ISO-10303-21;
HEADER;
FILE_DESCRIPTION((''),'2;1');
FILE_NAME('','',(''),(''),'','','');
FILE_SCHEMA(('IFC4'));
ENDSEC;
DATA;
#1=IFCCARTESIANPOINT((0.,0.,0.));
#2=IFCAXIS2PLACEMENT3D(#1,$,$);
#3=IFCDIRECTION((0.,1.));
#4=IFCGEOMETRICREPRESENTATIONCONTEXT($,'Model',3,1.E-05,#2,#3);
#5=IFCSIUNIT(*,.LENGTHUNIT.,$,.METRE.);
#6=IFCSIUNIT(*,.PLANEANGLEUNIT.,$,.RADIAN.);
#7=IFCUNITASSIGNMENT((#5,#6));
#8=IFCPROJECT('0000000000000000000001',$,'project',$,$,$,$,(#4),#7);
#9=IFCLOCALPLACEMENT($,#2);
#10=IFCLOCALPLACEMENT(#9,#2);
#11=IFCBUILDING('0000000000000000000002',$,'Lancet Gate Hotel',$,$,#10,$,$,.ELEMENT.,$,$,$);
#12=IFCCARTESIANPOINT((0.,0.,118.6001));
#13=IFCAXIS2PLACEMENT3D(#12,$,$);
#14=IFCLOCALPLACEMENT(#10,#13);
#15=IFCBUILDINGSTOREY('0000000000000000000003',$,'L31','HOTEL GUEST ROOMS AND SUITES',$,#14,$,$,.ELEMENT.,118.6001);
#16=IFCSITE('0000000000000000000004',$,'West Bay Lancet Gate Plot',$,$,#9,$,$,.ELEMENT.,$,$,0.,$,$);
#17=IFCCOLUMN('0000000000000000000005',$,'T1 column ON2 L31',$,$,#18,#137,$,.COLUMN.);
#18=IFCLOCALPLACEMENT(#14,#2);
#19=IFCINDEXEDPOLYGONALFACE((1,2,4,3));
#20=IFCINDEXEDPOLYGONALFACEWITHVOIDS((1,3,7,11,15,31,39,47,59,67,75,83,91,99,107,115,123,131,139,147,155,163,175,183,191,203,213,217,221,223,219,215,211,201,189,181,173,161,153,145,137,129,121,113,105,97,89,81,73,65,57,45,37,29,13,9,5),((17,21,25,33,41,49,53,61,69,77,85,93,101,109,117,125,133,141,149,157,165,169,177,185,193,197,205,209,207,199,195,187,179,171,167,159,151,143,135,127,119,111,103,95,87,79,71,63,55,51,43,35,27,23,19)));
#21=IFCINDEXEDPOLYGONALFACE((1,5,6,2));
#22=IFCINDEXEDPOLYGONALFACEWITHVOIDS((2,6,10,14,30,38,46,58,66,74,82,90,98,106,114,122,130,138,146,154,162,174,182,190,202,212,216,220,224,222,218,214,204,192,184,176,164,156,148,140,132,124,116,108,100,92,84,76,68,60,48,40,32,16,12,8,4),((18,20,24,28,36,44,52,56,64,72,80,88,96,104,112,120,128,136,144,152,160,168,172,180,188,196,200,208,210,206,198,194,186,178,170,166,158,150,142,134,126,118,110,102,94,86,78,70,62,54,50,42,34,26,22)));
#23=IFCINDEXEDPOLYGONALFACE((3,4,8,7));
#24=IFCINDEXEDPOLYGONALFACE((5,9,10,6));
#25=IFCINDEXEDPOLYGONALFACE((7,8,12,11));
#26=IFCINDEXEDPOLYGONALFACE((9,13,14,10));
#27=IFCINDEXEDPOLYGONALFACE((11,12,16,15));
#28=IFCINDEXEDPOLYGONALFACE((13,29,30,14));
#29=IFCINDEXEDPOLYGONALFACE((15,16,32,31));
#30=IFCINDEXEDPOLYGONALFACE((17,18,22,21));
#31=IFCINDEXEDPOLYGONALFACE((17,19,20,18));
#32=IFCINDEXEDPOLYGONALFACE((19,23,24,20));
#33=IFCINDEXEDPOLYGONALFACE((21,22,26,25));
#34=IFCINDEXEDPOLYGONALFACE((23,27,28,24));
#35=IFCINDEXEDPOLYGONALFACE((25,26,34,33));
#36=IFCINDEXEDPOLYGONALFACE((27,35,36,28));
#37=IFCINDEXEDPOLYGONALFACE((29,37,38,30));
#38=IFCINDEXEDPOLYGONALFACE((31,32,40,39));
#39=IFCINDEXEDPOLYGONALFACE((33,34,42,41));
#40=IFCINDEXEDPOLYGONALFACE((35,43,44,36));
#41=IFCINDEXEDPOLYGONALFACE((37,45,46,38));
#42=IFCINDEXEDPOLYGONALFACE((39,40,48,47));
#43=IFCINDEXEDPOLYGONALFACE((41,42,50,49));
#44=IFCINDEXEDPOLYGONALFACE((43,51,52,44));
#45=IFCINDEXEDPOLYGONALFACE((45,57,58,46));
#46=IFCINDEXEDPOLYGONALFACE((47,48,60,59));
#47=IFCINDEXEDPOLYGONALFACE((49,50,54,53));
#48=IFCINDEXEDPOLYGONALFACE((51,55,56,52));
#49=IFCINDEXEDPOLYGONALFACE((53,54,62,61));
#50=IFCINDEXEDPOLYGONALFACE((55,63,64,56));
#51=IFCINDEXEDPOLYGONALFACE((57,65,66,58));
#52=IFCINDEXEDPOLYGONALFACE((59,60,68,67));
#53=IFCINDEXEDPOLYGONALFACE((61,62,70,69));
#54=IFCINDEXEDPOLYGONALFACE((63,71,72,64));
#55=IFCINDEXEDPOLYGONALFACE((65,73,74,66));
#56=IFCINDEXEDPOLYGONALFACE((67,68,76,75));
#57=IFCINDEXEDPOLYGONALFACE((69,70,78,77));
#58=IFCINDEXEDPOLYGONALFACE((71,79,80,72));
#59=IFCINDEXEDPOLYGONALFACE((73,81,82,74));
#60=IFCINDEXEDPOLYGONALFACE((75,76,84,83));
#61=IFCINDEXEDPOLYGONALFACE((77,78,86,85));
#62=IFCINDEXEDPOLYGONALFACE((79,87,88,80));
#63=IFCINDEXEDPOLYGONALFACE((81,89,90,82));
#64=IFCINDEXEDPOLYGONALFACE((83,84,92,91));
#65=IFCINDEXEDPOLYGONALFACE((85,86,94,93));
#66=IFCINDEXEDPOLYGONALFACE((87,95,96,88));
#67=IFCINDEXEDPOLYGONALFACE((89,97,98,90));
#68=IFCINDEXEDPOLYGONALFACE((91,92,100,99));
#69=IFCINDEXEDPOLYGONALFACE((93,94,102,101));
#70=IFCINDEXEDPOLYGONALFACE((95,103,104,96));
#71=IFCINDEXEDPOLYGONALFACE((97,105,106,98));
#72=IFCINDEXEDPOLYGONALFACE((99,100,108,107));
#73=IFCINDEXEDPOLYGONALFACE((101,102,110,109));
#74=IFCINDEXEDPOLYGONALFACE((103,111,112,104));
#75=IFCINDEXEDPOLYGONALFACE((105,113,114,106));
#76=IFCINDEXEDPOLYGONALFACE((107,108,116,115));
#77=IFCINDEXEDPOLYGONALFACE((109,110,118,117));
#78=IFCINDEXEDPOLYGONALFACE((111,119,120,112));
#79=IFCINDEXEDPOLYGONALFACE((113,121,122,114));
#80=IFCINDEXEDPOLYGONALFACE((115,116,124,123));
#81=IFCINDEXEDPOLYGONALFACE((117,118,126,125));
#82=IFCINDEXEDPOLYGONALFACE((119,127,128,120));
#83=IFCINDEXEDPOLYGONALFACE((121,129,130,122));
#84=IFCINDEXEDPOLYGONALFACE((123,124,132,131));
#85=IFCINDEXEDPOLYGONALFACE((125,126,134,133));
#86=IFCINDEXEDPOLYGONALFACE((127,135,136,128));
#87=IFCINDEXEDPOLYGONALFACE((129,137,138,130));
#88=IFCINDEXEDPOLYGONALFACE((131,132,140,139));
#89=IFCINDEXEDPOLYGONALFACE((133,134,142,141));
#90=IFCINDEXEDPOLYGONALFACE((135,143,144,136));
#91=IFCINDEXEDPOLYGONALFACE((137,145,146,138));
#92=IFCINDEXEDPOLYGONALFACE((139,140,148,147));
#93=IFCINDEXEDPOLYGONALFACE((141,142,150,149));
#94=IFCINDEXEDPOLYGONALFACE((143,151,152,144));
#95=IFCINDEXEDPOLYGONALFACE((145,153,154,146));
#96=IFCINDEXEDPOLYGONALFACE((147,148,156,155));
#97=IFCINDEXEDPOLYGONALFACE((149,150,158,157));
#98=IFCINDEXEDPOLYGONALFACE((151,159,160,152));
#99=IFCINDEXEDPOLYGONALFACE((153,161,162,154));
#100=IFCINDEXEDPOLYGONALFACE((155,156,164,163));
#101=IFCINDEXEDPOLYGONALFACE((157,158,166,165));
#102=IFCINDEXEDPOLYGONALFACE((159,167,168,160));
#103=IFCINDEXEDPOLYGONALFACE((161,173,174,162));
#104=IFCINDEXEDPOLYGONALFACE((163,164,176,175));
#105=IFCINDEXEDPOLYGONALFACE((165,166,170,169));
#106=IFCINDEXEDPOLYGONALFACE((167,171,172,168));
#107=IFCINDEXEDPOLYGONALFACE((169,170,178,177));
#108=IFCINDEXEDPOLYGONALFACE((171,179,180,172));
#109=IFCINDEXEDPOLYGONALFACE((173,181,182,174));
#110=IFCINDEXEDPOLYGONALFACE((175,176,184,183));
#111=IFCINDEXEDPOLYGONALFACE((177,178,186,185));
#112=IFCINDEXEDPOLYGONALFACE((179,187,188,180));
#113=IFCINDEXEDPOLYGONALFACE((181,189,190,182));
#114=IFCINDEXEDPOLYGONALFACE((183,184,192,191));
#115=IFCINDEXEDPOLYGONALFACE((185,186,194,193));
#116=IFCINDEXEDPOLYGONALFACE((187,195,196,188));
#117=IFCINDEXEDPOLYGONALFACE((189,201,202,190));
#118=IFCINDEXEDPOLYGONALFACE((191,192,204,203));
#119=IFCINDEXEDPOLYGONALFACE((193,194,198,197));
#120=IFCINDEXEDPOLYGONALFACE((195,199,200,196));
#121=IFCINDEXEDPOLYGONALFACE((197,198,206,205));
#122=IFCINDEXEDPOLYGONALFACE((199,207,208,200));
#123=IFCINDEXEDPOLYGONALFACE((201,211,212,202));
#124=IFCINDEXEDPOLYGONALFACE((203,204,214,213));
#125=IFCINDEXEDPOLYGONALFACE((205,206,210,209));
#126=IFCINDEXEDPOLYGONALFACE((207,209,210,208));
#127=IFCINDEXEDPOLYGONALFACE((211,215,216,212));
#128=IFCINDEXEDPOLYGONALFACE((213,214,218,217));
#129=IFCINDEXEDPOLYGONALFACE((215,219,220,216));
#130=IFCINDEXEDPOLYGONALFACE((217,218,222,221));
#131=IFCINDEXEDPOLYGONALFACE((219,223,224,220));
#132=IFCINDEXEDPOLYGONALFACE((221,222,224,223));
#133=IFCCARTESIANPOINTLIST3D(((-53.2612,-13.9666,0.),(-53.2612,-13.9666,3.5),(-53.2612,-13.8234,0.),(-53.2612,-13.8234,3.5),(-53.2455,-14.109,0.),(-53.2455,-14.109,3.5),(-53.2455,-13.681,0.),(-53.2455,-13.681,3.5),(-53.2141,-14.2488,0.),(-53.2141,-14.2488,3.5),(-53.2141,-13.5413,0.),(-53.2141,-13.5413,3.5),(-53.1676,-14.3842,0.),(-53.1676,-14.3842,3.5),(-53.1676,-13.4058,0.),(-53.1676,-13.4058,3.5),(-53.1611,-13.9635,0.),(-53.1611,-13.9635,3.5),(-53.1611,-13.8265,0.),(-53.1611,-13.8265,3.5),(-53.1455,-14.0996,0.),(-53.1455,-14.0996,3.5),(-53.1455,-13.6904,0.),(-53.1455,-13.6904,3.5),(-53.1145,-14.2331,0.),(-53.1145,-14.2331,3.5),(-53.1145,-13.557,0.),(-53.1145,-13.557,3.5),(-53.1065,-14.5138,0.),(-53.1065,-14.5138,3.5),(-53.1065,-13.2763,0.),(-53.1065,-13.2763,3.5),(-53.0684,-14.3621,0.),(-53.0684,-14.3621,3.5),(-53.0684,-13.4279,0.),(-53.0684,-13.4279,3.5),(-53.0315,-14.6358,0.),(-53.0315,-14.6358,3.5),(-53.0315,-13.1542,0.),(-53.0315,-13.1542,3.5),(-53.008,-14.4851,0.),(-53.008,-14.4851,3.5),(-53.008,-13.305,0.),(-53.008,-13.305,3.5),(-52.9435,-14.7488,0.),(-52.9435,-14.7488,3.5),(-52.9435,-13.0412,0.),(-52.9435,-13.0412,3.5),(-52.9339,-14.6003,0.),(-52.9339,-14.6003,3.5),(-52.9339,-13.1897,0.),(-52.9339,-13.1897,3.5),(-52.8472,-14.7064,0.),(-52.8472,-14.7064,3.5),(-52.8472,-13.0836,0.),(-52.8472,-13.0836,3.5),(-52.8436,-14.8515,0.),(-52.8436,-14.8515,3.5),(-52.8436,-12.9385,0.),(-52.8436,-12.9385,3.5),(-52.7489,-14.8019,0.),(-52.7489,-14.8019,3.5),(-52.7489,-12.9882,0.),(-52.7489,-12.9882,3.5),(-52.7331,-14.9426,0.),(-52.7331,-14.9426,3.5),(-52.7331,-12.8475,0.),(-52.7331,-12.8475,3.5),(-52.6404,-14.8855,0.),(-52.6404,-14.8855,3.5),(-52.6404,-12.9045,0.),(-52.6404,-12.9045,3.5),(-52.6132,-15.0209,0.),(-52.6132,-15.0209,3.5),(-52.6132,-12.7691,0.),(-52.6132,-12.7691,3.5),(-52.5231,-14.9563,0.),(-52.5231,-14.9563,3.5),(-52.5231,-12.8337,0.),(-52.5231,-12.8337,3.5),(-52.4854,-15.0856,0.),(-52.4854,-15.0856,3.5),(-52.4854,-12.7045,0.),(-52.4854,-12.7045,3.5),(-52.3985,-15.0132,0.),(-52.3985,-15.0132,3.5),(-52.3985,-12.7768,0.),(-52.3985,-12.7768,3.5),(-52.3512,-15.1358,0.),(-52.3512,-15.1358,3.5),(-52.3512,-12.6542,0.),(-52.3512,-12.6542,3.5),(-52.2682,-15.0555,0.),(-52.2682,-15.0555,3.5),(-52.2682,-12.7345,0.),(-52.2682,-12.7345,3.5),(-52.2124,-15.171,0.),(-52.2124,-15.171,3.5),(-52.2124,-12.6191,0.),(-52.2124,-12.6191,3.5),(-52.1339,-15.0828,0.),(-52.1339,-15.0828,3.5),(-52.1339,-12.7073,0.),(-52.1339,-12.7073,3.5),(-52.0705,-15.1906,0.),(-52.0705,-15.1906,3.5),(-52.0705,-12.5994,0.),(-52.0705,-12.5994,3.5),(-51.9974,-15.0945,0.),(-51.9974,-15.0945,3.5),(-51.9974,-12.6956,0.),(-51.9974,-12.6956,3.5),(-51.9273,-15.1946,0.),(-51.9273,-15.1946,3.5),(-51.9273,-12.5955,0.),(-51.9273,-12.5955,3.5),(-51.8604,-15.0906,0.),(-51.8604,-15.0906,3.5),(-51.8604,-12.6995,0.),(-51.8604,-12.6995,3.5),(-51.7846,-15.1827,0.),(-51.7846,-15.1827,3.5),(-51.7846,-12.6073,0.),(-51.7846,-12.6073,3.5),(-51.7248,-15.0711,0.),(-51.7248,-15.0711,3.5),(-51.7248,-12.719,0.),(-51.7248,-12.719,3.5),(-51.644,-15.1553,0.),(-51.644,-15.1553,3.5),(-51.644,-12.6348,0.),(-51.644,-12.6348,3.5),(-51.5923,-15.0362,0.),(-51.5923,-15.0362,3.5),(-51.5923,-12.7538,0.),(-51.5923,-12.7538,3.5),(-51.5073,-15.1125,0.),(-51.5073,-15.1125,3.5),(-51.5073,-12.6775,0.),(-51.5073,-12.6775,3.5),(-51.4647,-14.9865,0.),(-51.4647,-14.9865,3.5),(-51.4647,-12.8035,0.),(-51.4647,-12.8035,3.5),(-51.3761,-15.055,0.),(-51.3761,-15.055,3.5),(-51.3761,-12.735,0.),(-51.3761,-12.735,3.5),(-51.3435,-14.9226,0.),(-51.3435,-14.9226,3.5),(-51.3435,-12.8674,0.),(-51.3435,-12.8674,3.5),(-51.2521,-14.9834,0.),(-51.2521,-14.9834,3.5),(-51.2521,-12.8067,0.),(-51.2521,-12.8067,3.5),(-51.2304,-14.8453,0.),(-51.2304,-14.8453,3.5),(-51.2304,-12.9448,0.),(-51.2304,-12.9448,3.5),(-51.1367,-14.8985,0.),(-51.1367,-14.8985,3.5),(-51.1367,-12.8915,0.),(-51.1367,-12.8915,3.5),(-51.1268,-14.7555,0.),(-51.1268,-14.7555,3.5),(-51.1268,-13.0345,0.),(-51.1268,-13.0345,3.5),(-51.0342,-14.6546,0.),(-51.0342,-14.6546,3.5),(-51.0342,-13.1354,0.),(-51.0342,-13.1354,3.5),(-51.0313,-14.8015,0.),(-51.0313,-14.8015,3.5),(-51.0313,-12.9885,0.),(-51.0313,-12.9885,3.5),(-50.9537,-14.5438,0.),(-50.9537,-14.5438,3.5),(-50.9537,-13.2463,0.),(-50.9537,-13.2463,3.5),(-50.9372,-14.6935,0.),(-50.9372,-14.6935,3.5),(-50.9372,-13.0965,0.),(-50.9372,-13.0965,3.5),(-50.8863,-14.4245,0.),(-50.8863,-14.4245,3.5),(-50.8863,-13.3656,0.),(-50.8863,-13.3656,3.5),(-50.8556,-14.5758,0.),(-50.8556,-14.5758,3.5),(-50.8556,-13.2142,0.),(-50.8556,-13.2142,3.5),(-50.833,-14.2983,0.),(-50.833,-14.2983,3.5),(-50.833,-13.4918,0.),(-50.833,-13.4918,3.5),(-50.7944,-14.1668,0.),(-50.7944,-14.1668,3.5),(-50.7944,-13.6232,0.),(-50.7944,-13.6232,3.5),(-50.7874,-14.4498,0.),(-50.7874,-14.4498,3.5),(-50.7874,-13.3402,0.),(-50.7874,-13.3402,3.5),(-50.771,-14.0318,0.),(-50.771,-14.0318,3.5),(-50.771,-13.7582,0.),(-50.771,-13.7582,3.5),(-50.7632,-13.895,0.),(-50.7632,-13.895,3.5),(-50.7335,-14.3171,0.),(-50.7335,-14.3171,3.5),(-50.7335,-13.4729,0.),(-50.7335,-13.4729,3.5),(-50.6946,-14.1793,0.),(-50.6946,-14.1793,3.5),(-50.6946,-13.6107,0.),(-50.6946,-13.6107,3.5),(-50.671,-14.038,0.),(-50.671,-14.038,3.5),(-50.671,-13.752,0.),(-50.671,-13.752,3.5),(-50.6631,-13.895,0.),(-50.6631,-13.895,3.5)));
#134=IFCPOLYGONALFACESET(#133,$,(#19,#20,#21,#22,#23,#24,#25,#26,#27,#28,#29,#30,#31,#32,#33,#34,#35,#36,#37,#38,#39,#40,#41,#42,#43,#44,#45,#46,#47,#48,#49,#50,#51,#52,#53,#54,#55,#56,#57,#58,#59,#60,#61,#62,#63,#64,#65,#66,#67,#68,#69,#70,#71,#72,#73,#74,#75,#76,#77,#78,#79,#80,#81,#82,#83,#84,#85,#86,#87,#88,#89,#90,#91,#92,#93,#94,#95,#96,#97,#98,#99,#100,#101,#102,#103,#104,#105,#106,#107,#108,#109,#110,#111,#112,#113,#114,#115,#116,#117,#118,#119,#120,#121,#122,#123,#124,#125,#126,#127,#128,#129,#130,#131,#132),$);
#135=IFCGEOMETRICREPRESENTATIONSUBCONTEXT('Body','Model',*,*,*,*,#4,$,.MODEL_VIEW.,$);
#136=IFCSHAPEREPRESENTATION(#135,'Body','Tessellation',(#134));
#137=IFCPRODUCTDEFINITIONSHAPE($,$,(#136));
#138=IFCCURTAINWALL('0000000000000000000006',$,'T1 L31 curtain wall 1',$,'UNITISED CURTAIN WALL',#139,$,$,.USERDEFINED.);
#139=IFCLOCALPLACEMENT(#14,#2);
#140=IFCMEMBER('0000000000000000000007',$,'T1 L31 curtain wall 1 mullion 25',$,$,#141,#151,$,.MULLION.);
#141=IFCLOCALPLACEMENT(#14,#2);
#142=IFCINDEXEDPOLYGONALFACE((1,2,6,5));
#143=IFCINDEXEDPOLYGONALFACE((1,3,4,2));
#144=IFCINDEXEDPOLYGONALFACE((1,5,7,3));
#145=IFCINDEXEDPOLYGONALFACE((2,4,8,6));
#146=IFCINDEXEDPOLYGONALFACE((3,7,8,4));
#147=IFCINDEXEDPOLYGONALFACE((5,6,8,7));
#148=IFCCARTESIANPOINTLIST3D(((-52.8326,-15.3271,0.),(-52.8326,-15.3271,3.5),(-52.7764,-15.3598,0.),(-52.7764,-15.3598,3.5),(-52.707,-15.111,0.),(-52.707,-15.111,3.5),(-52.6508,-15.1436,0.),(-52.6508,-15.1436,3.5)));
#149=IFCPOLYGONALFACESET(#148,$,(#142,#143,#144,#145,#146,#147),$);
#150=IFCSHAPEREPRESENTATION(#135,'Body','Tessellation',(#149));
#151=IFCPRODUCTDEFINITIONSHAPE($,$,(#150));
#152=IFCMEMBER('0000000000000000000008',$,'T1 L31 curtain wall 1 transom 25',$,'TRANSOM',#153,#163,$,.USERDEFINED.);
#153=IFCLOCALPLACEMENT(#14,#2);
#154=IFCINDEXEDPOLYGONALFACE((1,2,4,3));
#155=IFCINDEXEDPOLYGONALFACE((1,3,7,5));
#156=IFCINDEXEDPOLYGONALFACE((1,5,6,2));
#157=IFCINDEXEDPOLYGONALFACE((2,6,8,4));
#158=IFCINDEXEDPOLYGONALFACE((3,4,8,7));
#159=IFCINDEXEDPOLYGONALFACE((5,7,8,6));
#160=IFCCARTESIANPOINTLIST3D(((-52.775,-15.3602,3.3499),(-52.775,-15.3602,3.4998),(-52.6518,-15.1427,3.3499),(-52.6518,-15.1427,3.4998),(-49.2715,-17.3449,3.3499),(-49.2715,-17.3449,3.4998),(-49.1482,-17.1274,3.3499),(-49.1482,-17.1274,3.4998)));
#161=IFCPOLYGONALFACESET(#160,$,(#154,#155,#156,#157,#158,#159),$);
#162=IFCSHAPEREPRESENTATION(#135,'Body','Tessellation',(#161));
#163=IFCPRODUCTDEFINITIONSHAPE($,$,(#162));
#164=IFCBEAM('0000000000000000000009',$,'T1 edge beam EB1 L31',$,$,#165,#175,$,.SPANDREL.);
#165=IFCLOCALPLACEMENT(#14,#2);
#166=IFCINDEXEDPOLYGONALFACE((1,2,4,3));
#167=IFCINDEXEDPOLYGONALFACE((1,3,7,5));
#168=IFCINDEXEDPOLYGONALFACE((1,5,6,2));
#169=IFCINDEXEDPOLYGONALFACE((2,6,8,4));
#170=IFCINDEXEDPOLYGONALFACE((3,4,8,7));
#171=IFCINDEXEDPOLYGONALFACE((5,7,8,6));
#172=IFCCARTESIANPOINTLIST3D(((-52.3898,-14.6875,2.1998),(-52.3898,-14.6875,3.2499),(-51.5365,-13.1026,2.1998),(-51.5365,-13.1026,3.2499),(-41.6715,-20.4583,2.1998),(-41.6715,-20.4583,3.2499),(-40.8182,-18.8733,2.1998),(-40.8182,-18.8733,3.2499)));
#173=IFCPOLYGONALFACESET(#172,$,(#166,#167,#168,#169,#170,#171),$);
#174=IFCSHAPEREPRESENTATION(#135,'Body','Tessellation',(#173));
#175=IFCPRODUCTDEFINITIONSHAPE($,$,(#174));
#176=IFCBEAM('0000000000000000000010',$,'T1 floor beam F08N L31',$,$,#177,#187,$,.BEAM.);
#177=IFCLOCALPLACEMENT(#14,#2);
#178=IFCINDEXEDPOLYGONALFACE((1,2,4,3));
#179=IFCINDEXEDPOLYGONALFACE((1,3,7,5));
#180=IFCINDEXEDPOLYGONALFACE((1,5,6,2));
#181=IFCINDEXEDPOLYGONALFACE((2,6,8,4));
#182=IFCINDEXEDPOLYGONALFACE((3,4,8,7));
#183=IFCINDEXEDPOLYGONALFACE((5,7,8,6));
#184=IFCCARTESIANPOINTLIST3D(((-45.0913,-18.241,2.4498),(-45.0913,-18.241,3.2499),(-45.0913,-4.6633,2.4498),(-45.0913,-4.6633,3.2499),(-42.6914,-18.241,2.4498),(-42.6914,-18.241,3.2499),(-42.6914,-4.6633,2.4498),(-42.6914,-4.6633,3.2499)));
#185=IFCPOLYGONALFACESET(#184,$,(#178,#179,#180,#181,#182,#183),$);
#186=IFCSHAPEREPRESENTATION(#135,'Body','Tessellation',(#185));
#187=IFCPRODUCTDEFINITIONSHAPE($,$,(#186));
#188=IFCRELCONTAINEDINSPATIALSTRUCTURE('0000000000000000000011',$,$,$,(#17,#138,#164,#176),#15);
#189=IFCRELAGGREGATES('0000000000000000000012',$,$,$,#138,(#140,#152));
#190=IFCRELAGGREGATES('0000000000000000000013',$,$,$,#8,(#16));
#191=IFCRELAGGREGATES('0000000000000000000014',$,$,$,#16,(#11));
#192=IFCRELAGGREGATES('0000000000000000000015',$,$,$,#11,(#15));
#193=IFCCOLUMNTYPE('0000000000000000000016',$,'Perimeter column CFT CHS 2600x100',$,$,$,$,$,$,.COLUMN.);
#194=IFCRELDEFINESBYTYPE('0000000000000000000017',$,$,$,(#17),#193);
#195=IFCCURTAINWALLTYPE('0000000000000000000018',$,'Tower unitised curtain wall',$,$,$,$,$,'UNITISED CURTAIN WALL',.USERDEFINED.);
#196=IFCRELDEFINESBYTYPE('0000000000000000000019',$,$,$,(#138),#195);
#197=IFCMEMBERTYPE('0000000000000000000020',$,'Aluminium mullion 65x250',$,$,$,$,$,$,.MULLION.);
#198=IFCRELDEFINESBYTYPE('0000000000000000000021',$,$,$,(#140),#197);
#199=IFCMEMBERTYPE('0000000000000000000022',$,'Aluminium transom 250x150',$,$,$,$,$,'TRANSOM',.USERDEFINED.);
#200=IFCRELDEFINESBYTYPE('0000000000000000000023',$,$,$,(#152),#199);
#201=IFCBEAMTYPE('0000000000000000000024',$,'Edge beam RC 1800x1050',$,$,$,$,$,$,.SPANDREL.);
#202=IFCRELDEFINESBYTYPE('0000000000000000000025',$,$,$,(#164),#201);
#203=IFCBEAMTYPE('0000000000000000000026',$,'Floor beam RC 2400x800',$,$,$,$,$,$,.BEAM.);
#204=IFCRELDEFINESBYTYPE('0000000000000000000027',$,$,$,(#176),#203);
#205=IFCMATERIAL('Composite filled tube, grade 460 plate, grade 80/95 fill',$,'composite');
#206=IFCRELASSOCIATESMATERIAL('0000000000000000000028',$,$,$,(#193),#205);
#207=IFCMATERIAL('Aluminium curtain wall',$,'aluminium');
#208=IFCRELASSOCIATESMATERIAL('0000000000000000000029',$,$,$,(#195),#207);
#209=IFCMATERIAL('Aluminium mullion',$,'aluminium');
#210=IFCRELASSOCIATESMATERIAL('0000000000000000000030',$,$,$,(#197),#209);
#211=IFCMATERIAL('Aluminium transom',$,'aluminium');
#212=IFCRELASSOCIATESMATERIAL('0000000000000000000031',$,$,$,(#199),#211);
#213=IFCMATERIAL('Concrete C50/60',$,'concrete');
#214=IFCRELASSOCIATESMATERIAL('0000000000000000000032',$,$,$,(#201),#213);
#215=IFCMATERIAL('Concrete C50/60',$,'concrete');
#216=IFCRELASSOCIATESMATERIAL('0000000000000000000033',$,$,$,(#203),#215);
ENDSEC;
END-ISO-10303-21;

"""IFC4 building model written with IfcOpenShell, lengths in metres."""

from ifc_helpers import new_model, si_unit, direction, frame, origin, origin_2d, place, context, subcontext, project, spatial, rectangle, hollow_circle, extrude, material, material_profile, profile_set, type_object, element, aggregate, save


model = new_model("IFC4")

# Units and contexts
model_context = context("Model", 3, precision=1e-05, world=origin(), true_north=direction((0.0, 1.0)))
body_context = subcontext(model_context, "Body", "Model", "MODEL_VIEW")
ifc_project = project(units=[si_unit("LENGTHUNIT", "METRE"), si_unit("PLANEANGLEUNIT", "RADIAN")], contexts=[model_context])

# Site, building, storey
site_placement = place(None, origin())
site = spatial("IfcSite", under=ifc_project, at=site_placement, Name="West Bay Lancet Gate Plot", CompositionType="ELEMENT", RefElevation=0.0)
building_placement = place(site_placement, origin())
building = spatial("IfcBuilding", under=site, at=building_placement, Name="Lancet Gate Hotel", CompositionType="ELEMENT")
storey_placement = place(building_placement, frame((0.0, 0.0, 118.6001)))
storey = spatial("IfcBuildingStorey", under=building, at=storey_placement, Name="L31", Description="HOTEL GUEST ROOMS AND SUITES", CompositionType="ELEMENT", Elevation=118.6001)

# Column
ifc_material_1 = material(Name="Composite filled tube, grade 460 plate, grade 80/95 fill", Category="composite")
ifc_material_profile_1 = material_profile(ifc_material_1, hollow_circle(Radius=1.3, WallThickness=0.1001, at=origin_2d()), Name="CHS 2600x100")
ifc_profile_set_1 = profile_set([ifc_material_profile_1], Name="Composite filled tube, grade 460 plate, grade 80/95 fill")
column_type = type_object("IfcColumnType", Name="Perimeter column CFT CHS 2600x100", PredefinedType="COLUMN", material=ifc_profile_set_1)
column_placement = place(storey_placement, frame((-51.9631, -13.895, 0.0), z_axis=(0.0, 0.0, 1.0), x_axis=(1.0, 0.0, 0.0)))
element("IfcColumn", 1, at=column_placement, inside=storey, type_object=column_type, Name="T1 column ON2 L31", PredefinedType="COLUMN", context=body_context, shape_type="SweptSolid", body=[
    extrude(hollow_circle(Radius=1.3, WallThickness=0.1001, at=origin_2d()), origin(), (0.0, 0.0, 1.0), 3.5),
])

# Curtain wall, members
ifc_material_2 = material(Name="Aluminium curtain wall", Category="aluminium")
curtain_wall_type = type_object("IfcCurtainWallType", Name="Tower unitised curtain wall", ElementType="UNITISED CURTAIN WALL", PredefinedType="USERDEFINED", material=ifc_material_2)
curtain_wall_placement = place(storey_placement, origin())
curtain_wall = element("IfcCurtainWall", 2, at=curtain_wall_placement, inside=storey, type_object=curtain_wall_type, Name="T1 L31 curtain wall 1", ObjectType="UNITISED CURTAIN WALL", PredefinedType="USERDEFINED")
ifc_material_3 = material(Name="Aluminium mullion", Category="aluminium")
ifc_material_profile_2 = material_profile(ifc_material_3, rectangle(XDim=0.0649, YDim=0.25, at=origin_2d()), Name="MULLION 65x250")
ifc_profile_set_2 = profile_set([ifc_material_profile_2], Name="Aluminium mullion")
member_type_1 = type_object("IfcMemberType", Name="Aluminium mullion 65x250", PredefinedType="MULLION", material=ifc_profile_set_2)
member_1_placement = place(storey_placement, frame((-52.7417, -15.2354, 0.0), z_axis=(0.0, 0.0, 1.0), x_axis=(0.864728, -0.502241, 0.0)))
member_1 = element("IfcMember", 3, at=member_1_placement, type_object=member_type_1, Name="T1 L31 curtain wall 1 mullion 25", PredefinedType="MULLION", context=body_context, shape_type="SweptSolid", body=[
    extrude(rectangle(XDim=0.0649, YDim=0.25, at=origin_2d()), origin(), (0.0, 0.0, 1.0), 3.5),
])
ifc_material_4 = material(Name="Aluminium transom", Category="aluminium")
ifc_material_profile_3 = material_profile(ifc_material_4, rectangle(XDim=0.25, YDim=0.1499, at=origin_2d()), Name="TRANSOM 250x150")
ifc_profile_set_3 = profile_set([ifc_material_profile_3], Name="Aluminium transom")
member_type_2 = type_object("IfcMemberType", Name="Aluminium transom 250x150", ElementType="TRANSOM", PredefinedType="USERDEFINED", material=ifc_profile_set_3)
member_2_placement = place(storey_placement, frame((-52.7134, -15.2515, 3.4248), z_axis=(0.870092, -0.49289, 0.0), x_axis=(0.49289, 0.870092, 0.0)))
member_2 = element("IfcMember", 4, at=member_2_placement, type_object=member_type_2, Name="T1 L31 curtain wall 1 transom 25", ObjectType="TRANSOM", PredefinedType="USERDEFINED", context=body_context, shape_type="SweptSolid", body=[
    extrude(rectangle(XDim=0.25, YDim=0.1499, at=origin_2d()), origin(), (0.0, 0.0, 1.0), 4.0266),
])
aggregate(curtain_wall, [member_1, member_2])

# Beams
ifc_material_5 = material(Name="Concrete C50/60", Category="concrete")
ifc_material_profile_4 = material_profile(ifc_material_5, rectangle(XDim=1.8, YDim=1.05, at=origin_2d()), Name="RC 1800x1050")
ifc_profile_set_4 = profile_set([ifc_material_profile_4], Name="Concrete C50/60")
beam_type_1 = type_object("IfcBeamType", Name="Edge beam RC 1800x1050", PredefinedType="SPANDREL", material=ifc_profile_set_4)
beam_1_placement = place(storey_placement, frame((-51.9631, -13.895, 2.7249), z_axis=(0.880492, -0.47406, 0.0), x_axis=(0.47406, 0.880492, 0.0)))
element("IfcBeam", 5, at=beam_1_placement, inside=storey, type_object=beam_type_1, Name="T1 edge beam EB1 L31", PredefinedType="SPANDREL", context=body_context, shape_type="SweptSolid", body=[
    extrude(rectangle(XDim=1.8, YDim=1.05, at=origin_2d()), origin(), (0.0, 0.0, 1.0), 12.1731),
])
ifc_material_6 = material(Name="Concrete C50/60", Category="concrete")
ifc_material_profile_5 = material_profile(ifc_material_6, rectangle(XDim=2.3999, YDim=0.8, at=origin_2d()), Name="RC 2400x800")
ifc_profile_set_5 = profile_set([ifc_material_profile_5], Name="Concrete C50/60")
beam_type_2 = type_object("IfcBeamType", Name="Floor beam RC 2400x800", PredefinedType="BEAM", material=ifc_profile_set_5)
beam_2_placement = place(storey_placement, frame((-43.8914, -4.6633, 2.8499), z_axis=(0.0, -1.0, 0.0), x_axis=(1.0, 0.0, 0.0)))
element("IfcBeam", 6, at=beam_2_placement, inside=storey, type_object=beam_type_2, Name="T1 floor beam F08N L31", PredefinedType="BEAM", context=body_context, shape_type="SweptSolid", body=[
    extrude(rectangle(XDim=2.3999, YDim=0.8, at=origin_2d()), origin(), (0.0, 0.0, 1.0), 13.5776),
])

save(model, "model.ifc")
